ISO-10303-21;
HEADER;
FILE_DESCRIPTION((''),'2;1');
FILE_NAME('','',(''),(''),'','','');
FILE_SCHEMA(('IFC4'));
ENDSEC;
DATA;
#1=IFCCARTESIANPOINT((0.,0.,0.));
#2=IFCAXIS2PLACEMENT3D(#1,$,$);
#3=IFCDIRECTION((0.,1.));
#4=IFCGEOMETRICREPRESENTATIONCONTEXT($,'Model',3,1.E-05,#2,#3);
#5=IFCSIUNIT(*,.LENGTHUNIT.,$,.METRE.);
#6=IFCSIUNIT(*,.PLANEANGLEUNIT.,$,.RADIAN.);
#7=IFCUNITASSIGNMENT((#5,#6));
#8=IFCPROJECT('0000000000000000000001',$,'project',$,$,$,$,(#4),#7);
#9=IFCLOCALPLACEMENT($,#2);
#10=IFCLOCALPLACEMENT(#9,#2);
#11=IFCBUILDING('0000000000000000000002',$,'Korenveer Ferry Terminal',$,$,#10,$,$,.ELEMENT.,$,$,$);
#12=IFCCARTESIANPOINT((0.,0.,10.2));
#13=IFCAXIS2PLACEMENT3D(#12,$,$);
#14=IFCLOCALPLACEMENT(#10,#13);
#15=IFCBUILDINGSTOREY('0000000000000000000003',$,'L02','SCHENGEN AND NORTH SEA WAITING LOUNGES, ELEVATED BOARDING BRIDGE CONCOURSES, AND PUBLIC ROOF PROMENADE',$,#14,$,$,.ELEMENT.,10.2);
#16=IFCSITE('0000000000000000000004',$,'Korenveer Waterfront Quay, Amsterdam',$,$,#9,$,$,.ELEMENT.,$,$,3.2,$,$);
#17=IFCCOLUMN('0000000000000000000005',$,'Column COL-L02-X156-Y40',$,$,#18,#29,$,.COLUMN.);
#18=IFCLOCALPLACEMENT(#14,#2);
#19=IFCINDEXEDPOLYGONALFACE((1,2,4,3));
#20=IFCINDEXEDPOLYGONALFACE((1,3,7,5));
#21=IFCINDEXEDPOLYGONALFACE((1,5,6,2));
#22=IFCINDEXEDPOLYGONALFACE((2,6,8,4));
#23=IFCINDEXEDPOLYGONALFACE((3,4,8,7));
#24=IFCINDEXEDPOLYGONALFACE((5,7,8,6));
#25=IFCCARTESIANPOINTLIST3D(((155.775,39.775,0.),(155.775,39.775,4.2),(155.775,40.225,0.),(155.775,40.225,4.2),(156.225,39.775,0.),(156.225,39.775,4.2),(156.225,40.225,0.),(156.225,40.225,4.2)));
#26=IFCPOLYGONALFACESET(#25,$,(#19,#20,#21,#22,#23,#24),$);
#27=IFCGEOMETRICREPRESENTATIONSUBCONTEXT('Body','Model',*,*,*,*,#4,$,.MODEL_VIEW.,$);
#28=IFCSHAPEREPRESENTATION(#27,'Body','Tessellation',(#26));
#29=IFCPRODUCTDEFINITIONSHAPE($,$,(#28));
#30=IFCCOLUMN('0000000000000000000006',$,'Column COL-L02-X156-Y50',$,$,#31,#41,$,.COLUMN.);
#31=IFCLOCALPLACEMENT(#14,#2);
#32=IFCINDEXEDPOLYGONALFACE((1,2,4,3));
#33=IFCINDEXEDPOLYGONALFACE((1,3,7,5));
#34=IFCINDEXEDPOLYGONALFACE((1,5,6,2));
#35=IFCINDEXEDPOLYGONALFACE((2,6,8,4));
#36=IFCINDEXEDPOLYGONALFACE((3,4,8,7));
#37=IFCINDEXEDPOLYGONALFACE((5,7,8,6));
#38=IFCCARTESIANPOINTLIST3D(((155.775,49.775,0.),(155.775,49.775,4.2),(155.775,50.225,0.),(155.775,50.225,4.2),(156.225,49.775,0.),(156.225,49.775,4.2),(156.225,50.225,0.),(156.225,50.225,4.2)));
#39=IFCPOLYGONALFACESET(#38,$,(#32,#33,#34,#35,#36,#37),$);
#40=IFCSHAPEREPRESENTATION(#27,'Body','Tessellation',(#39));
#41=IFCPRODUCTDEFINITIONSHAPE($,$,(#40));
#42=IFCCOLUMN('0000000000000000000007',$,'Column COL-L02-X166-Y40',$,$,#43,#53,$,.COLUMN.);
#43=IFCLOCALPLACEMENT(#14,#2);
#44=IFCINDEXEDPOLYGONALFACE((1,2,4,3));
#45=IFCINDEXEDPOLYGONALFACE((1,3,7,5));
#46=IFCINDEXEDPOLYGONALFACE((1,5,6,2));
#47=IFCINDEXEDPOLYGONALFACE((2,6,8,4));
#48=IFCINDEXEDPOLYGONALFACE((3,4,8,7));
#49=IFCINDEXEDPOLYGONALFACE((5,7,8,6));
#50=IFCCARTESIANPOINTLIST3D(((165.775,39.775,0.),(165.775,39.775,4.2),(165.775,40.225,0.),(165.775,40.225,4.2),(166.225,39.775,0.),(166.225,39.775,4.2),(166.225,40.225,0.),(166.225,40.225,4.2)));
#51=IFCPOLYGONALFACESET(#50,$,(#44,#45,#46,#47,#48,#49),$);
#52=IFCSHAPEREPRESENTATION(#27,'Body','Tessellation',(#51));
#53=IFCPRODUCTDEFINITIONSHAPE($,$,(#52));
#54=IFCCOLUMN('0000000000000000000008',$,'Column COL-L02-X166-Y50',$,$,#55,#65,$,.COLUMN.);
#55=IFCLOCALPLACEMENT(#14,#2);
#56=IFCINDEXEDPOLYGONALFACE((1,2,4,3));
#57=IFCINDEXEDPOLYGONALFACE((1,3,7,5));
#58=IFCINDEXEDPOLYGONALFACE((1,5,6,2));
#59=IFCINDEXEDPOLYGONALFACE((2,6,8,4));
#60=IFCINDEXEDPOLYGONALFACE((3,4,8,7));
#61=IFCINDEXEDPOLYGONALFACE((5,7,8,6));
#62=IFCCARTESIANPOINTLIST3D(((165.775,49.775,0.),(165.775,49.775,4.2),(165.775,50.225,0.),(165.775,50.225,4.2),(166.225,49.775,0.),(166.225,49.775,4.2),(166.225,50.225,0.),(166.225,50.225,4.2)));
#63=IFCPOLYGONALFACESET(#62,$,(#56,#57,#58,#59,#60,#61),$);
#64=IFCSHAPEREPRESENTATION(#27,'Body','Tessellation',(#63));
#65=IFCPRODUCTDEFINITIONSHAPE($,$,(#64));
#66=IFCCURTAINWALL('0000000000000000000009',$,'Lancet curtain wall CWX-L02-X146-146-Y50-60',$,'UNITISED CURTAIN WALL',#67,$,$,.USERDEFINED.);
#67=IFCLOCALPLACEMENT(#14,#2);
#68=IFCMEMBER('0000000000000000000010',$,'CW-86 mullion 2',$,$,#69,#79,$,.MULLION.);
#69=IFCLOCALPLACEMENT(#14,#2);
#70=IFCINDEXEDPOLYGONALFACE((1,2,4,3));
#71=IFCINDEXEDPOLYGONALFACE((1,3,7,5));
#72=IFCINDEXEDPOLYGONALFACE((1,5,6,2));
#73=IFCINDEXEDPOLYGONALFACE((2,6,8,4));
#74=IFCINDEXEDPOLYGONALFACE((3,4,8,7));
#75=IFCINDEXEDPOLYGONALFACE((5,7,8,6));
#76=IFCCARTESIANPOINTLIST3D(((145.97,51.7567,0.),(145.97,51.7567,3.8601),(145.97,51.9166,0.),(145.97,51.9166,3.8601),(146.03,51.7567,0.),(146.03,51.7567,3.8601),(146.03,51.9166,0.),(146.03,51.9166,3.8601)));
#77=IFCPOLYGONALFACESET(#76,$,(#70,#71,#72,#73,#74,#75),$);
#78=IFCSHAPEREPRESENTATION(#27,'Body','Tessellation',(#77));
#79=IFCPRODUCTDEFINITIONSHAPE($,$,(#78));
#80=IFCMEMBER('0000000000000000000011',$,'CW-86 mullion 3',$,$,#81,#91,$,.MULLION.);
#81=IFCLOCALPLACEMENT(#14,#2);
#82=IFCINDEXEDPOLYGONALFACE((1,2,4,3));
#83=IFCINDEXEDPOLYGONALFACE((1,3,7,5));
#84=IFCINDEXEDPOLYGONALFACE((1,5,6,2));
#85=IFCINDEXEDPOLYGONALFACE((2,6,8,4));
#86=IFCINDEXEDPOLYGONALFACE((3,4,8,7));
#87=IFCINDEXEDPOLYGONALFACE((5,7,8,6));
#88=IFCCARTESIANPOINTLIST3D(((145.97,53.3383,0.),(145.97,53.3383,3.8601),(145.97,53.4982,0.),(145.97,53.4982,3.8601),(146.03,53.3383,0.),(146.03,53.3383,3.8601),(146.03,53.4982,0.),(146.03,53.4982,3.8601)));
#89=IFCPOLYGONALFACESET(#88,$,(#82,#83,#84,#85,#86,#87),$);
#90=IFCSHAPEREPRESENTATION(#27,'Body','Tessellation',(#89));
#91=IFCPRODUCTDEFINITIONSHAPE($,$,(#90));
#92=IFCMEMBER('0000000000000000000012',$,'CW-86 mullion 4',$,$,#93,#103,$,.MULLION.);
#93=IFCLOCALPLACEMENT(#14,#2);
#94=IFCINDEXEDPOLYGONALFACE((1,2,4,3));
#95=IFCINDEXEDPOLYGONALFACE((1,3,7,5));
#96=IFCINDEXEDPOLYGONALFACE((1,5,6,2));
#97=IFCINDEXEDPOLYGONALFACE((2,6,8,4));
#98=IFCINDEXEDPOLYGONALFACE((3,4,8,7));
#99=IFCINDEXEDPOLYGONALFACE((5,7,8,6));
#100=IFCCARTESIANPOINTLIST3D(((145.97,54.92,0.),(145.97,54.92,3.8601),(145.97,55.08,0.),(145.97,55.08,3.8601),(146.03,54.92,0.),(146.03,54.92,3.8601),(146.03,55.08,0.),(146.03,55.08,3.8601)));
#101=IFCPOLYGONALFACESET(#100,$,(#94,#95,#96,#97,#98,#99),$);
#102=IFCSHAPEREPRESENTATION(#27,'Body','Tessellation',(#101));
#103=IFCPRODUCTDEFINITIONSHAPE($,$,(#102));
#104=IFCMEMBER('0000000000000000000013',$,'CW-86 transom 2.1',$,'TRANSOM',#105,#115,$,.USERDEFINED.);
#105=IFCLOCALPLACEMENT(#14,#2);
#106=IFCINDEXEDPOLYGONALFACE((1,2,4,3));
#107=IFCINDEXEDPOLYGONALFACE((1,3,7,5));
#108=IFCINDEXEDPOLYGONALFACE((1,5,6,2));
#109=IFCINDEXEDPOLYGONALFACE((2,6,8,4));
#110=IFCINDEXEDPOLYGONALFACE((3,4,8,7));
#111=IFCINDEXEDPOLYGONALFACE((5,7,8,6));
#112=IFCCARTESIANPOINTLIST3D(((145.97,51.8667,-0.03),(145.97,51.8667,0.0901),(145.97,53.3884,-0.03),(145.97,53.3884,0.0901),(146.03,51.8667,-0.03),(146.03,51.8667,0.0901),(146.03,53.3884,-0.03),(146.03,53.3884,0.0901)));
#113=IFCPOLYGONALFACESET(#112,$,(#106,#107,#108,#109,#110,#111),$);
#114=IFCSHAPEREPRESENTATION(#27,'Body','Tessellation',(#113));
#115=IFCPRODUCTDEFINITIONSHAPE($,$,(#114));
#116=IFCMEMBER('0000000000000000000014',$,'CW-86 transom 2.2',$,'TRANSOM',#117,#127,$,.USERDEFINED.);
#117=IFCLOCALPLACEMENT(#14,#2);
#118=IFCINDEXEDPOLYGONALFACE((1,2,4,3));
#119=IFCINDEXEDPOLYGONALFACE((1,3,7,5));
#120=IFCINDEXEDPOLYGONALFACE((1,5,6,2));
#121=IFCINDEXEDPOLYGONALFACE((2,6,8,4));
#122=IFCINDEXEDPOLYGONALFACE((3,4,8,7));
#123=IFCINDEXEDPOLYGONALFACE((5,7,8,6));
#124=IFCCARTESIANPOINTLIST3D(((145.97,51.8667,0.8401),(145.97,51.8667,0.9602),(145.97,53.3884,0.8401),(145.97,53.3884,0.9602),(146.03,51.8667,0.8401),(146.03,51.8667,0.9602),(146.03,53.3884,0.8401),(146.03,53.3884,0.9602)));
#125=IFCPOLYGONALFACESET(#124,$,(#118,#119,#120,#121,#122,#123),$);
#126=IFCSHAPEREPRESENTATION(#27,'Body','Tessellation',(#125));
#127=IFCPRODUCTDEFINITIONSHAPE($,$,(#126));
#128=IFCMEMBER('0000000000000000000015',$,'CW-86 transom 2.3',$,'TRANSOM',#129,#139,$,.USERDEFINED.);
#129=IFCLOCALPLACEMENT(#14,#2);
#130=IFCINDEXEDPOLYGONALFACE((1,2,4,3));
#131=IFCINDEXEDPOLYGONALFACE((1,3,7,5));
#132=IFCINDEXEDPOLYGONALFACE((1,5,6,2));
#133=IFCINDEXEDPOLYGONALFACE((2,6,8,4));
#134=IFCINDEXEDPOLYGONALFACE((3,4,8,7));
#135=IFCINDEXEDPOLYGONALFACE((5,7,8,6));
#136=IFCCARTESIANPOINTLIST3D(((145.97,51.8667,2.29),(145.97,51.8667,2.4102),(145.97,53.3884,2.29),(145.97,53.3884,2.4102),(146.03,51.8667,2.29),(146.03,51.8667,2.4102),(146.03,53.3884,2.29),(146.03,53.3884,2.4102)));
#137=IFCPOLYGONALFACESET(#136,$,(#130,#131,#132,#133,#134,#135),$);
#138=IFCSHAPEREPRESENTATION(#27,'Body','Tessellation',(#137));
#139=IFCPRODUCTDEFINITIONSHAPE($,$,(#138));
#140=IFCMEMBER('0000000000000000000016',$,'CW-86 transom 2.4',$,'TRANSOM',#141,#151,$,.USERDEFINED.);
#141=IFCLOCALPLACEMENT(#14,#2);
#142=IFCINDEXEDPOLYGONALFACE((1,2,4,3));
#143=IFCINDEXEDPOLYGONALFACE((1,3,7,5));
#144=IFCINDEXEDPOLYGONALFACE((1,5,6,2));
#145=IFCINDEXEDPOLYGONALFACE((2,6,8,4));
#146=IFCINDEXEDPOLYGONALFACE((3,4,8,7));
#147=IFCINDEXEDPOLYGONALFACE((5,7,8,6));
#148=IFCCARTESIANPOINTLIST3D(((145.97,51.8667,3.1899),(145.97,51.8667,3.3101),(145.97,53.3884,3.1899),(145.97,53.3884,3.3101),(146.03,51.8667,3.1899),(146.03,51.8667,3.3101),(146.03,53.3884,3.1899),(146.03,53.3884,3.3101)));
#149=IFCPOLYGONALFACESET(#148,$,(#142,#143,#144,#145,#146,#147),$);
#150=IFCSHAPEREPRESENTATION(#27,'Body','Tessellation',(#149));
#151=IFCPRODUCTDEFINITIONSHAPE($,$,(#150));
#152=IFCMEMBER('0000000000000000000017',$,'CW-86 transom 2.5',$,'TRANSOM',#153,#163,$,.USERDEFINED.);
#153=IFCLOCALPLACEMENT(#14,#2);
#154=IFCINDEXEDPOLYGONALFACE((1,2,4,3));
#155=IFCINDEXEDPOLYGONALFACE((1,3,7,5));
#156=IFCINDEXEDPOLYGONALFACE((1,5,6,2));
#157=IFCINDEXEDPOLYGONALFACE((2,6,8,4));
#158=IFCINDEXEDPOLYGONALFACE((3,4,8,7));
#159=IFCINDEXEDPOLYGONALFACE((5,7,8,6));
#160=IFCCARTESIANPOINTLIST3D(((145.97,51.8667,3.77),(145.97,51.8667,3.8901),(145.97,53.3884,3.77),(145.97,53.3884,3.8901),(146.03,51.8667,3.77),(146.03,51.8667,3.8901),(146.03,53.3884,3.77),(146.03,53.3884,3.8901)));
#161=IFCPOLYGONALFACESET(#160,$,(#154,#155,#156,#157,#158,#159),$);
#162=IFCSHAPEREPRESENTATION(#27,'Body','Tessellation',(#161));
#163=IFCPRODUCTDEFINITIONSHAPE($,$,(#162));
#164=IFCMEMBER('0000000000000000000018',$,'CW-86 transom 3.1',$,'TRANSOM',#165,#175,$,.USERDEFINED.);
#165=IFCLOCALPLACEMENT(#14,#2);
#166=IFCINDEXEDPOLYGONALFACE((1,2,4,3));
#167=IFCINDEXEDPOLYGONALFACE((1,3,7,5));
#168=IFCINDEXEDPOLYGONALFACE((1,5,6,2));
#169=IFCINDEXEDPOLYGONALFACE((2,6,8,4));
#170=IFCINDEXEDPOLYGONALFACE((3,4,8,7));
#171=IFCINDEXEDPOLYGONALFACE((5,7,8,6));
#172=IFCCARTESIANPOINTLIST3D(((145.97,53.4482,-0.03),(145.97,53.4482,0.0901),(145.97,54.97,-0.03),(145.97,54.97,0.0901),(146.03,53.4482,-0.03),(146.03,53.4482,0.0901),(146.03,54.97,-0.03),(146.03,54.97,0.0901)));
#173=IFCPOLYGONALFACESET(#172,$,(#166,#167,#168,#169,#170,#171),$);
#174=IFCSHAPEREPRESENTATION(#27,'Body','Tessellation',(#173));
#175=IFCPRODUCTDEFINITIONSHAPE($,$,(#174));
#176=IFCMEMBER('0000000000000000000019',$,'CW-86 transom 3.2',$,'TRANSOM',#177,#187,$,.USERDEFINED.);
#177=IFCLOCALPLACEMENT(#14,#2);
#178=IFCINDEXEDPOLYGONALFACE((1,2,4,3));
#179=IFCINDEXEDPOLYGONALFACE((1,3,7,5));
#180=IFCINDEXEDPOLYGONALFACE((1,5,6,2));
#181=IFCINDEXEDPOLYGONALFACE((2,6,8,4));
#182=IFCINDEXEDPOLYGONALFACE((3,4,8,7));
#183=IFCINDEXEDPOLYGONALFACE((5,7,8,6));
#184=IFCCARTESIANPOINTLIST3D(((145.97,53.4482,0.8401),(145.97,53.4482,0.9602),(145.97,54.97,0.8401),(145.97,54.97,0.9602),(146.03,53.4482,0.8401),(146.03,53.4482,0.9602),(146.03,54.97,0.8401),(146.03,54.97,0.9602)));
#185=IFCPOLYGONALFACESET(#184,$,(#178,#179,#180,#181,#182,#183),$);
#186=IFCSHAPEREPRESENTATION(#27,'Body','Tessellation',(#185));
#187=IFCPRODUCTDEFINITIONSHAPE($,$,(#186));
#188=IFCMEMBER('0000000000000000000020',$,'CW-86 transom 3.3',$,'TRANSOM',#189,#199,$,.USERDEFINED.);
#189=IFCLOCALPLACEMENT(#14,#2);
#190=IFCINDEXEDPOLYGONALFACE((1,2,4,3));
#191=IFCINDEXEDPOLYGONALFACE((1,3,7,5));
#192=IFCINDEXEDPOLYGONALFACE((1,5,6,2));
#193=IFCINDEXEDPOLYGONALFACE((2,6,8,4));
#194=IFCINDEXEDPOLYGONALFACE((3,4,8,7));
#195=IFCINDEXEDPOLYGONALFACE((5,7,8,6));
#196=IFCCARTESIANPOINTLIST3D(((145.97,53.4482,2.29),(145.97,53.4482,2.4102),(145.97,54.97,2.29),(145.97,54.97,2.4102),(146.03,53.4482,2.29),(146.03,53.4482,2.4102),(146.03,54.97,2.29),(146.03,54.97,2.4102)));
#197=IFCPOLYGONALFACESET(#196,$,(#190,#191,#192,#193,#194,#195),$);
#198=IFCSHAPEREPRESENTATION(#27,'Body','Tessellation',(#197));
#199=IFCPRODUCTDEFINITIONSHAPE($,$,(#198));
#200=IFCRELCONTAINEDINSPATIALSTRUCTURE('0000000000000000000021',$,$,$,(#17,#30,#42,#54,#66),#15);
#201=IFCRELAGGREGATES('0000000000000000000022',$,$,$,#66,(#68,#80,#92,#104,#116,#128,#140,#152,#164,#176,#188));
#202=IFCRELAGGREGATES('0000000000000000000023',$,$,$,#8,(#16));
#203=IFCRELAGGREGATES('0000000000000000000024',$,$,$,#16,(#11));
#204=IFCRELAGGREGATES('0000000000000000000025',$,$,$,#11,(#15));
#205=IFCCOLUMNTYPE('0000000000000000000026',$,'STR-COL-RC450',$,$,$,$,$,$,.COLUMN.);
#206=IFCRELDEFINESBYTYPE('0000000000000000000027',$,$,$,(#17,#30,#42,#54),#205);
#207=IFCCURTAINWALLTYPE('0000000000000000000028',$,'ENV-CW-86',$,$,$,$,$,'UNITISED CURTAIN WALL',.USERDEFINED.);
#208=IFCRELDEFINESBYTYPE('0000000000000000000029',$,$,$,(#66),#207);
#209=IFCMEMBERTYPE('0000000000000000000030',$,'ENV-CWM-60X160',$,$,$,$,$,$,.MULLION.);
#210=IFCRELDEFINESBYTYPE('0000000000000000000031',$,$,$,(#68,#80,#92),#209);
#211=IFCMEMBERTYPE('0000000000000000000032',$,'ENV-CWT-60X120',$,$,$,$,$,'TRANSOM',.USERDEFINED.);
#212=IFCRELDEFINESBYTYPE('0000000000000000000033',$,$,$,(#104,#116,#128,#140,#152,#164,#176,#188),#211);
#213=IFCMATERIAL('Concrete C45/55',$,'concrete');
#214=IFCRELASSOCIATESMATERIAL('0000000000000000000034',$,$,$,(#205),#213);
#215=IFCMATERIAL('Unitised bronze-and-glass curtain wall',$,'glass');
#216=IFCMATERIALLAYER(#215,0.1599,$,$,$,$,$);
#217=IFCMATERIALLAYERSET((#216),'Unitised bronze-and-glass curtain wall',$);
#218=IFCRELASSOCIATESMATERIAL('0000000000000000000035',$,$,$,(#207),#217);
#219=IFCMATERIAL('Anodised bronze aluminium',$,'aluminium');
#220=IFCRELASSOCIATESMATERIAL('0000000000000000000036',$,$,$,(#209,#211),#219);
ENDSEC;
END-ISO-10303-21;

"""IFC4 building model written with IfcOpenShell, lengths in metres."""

from ifc_helpers import new_model, si_unit, direction, frame, origin, origin_2d, place, context, subcontext, project, spatial, rectangle, extrude, material, layer, layer_set, material_profile, profile_set, type_object, element, aggregate, save


model = new_model("IFC4")

# Units and contexts
model_context = context("Model", 3, precision=1e-05, world=origin(), true_north=direction((0.0, 1.0)))
body_context = subcontext(model_context, "Body", "Model", "MODEL_VIEW")
ifc_project = project(units=[si_unit("LENGTHUNIT", "METRE"), si_unit("PLANEANGLEUNIT", "RADIAN")], contexts=[model_context])

# Site, building, storey
site_placement = place(None, origin())
site = spatial("IfcSite", under=ifc_project, at=site_placement, Name="Korenveer Waterfront Quay, Amsterdam", CompositionType="ELEMENT", RefElevation=3.2)
building_placement = place(site_placement, origin())
building = spatial("IfcBuilding", under=site, at=building_placement, Name="Korenveer Ferry Terminal", CompositionType="ELEMENT")
storey_placement = place(building_placement, frame((0.0, 0.0, 10.2)))
storey = spatial("IfcBuildingStorey", under=building, at=storey_placement, Name="L02", Description="SCHENGEN AND NORTH SEA WAITING LOUNGES, ELEVATED BOARDING BRIDGE CONCOURSES, AND PUBLIC ROOF PROMENADE", CompositionType="ELEMENT", Elevation=10.2)

# Columns
ifc_material_1 = material(Name="Concrete C45/55", Category="concrete")
ifc_material_profile_1 = material_profile(ifc_material_1, rectangle(XDim=0.45, YDim=0.45, at=origin_2d()), Name="RC 450x450")
ifc_profile_set_1 = profile_set([ifc_material_profile_1], Name="Concrete C45/55")
column_type = type_object("IfcColumnType", Name="STR-COL-RC450", PredefinedType="COLUMN", material=ifc_profile_set_1)
for number, where, z_axis, x_axis, name in (
    (1, (156.0, 40.0, 0.0), (0.0, 0.0, 1.0), (1.0, 0.0, 0.0), "Column COL-L02-X156-Y40"),
    (2, (156.0, 50.0, 0.0), (0.0, 0.0, 1.0), (1.0, 0.0, 0.0), "Column COL-L02-X156-Y50"),
    (3, (166.0, 40.0, 0.0), (0.0, 0.0, 1.0), (1.0, 0.0, 0.0), "Column COL-L02-X166-Y40"),
    (4, (166.0, 50.0, 0.0), (0.0, 0.0, 1.0), (1.0, 0.0, 0.0), "Column COL-L02-X166-Y50"),
):
    element("IfcColumn", number, at=place(storey_placement, frame(where, z_axis=z_axis, x_axis=x_axis)), inside=storey, type_object=column_type, Name=name, PredefinedType="COLUMN", context=body_context, shape_type="SweptSolid", body=[
        extrude(rectangle(XDim=0.45, YDim=0.45, at=origin_2d()), origin(), (0.0, 0.0, 1.0), 4.2),
    ])

# Curtain wall, members
ifc_material_2 = material(Name="Unitised bronze-and-glass curtain wall", Category="glass")
ifc_layer_1 = layer(ifc_material_2, 0.1599)
ifc_layer_set_1 = layer_set([ifc_layer_1], Name="Unitised bronze-and-glass curtain wall")
curtain_wall_type = type_object("IfcCurtainWallType", Name="ENV-CW-86", ElementType="UNITISED CURTAIN WALL", PredefinedType="USERDEFINED", material=ifc_layer_set_1)
curtain_wall_placement = place(storey_placement, frame((146.0, 50.2549, 0.0)))
curtain_wall = element("IfcCurtainWall", 5, at=curtain_wall_placement, inside=storey, type_object=curtain_wall_type, Name="Lancet curtain wall CWX-L02-X146-146-Y50-60", ObjectType="UNITISED CURTAIN WALL", PredefinedType="USERDEFINED")
ifc_material_3 = material(Name="Anodised bronze aluminium", Category="aluminium")
ifc_material_profile_2 = material_profile(ifc_material_3, rectangle(XDim=0.0601, YDim=0.1599, at=origin_2d()), Name="ALU 60x160")
ifc_profile_set_2 = profile_set([ifc_material_profile_2], Name="Anodised bronze aluminium")
member_type_1 = type_object("IfcMemberType", Name="ENV-CWM-60X160", PredefinedType="MULLION", material=ifc_profile_set_2)
member_1_placement = place(storey_placement, frame((146.0, 51.8367, 0.0), z_axis=(0.0, 0.0, 1.0), x_axis=(-1.0, 0.0, 0.0)))
member_1 = element("IfcMember", 6, at=member_1_placement, type_object=member_type_1, Name="CW-86 mullion 2", PredefinedType="MULLION", context=body_context, shape_type="SweptSolid", body=[
    extrude(rectangle(XDim=0.0601, YDim=0.1599, at=origin_2d()), origin(), (0.0, 0.0, 1.0), 3.8601),
])
member_2_placement = place(storey_placement, frame((146.0, 53.4182, 0.0), z_axis=(0.0, 0.0, 1.0), x_axis=(-1.0, 0.0, 0.0)))
member_2 = element("IfcMember", 7, at=member_2_placement, type_object=member_type_1, Name="CW-86 mullion 3", PredefinedType="MULLION", context=body_context, shape_type="SweptSolid", body=[
    extrude(rectangle(XDim=0.0601, YDim=0.1599, at=origin_2d()), origin(), (0.0, 0.0, 1.0), 3.8601),
])
member_3_placement = place(storey_placement, frame((146.0, 55.0, 0.0), z_axis=(0.0, 0.0, 1.0), x_axis=(-1.0, 0.0, 0.0)))
member_3 = element("IfcMember", 8, at=member_3_placement, type_object=member_type_1, Name="CW-86 mullion 4", PredefinedType="MULLION", context=body_context, shape_type="SweptSolid", body=[
    extrude(rectangle(XDim=0.0601, YDim=0.1599, at=origin_2d()), origin(), (0.0, 0.0, 1.0), 3.8601),
])
ifc_material_profile_3 = material_profile(ifc_material_3, rectangle(XDim=0.0601, YDim=0.1201, at=origin_2d()), Name="ALU 60x120")
ifc_profile_set_3 = profile_set([ifc_material_profile_3], Name="Anodised bronze aluminium")
member_type_2 = type_object("IfcMemberType", Name="ENV-CWT-60X120", ElementType="TRANSOM", PredefinedType="USERDEFINED", material=ifc_profile_set_3)
member_4_placement = place(storey_placement, frame((146.0, 51.8667, 0.03), z_axis=(0.0, 1.0, 0.0), x_axis=(-1.0, 0.0, 0.0)))
member_4 = element("IfcMember", 9, at=member_4_placement, type_object=member_type_2, Name="CW-86 transom 2.1", ObjectType="TRANSOM", PredefinedType="USERDEFINED", context=body_context, shape_type="SweptSolid", body=[
    extrude(rectangle(XDim=0.0601, YDim=0.1201, at=origin_2d()), origin(), (0.0, 0.0, 1.0), 1.5217),
])
member_5_placement = place(storey_placement, frame((146.0, 51.8667, 0.9001), z_axis=(0.0, 1.0, 0.0), x_axis=(-1.0, 0.0, 0.0)))
member_5 = element("IfcMember", 10, at=member_5_placement, type_object=member_type_2, Name="CW-86 transom 2.2", ObjectType="TRANSOM", PredefinedType="USERDEFINED", context=body_context, shape_type="SweptSolid", body=[
    extrude(rectangle(XDim=0.0601, YDim=0.1201, at=origin_2d()), origin(), (0.0, 0.0, 1.0), 1.5217),
])
member_6_placement = place(storey_placement, frame((146.0, 51.8667, 2.3501), z_axis=(0.0, 1.0, 0.0), x_axis=(-1.0, 0.0, 0.0)))
member_6 = element("IfcMember", 11, at=member_6_placement, type_object=member_type_2, Name="CW-86 transom 2.3", ObjectType="TRANSOM", PredefinedType="USERDEFINED", context=body_context, shape_type="SweptSolid", body=[
    extrude(rectangle(XDim=0.0601, YDim=0.1201, at=origin_2d()), origin(), (0.0, 0.0, 1.0), 1.5217),
])
member_7_placement = place(storey_placement, frame((146.0, 51.8667, 3.25), z_axis=(0.0, 1.0, 0.0), x_axis=(-1.0, 0.0, 0.0)))
member_7 = element("IfcMember", 12, at=member_7_placement, type_object=member_type_2, Name="CW-86 transom 2.4", ObjectType="TRANSOM", PredefinedType="USERDEFINED", context=body_context, shape_type="SweptSolid", body=[
    extrude(rectangle(XDim=0.0601, YDim=0.1201, at=origin_2d()), origin(), (0.0, 0.0, 1.0), 1.5217),
])
member_8_placement = place(storey_placement, frame((146.0, 51.8667, 3.8301), z_axis=(0.0, 1.0, 0.0), x_axis=(-1.0, 0.0, 0.0)))
member_8 = element("IfcMember", 13, at=member_8_placement, type_object=member_type_2, Name="CW-86 transom 2.5", ObjectType="TRANSOM", PredefinedType="USERDEFINED", context=body_context, shape_type="SweptSolid", body=[
    extrude(rectangle(XDim=0.0601, YDim=0.1201, at=origin_2d()), origin(), (0.0, 0.0, 1.0), 1.5217),
])
member_9_placement = place(storey_placement, frame((146.0, 53.4482, 0.03), z_axis=(0.0, 1.0, 0.0), x_axis=(-1.0, 0.0, 0.0)))
member_9 = element("IfcMember", 14, at=member_9_placement, type_object=member_type_2, Name="CW-86 transom 3.1", ObjectType="TRANSOM", PredefinedType="USERDEFINED", context=body_context, shape_type="SweptSolid", body=[
    extrude(rectangle(XDim=0.0601, YDim=0.1201, at=origin_2d()), origin(), (0.0, 0.0, 1.0), 1.5217),
])
member_10_placement = place(storey_placement, frame((146.0, 53.4482, 0.9001), z_axis=(0.0, 1.0, 0.0), x_axis=(-1.0, 0.0, 0.0)))
member_10 = element("IfcMember", 15, at=member_10_placement, type_object=member_type_2, Name="CW-86 transom 3.2", ObjectType="TRANSOM", PredefinedType="USERDEFINED", context=body_context, shape_type="SweptSolid", body=[
    extrude(rectangle(XDim=0.0601, YDim=0.1201, at=origin_2d()), origin(), (0.0, 0.0, 1.0), 1.5217),
])
member_11_placement = place(storey_placement, frame((146.0, 53.4482, 2.3501), z_axis=(0.0, 1.0, 0.0), x_axis=(-1.0, 0.0, 0.0)))
member_11 = element("IfcMember", 16, at=member_11_placement, type_object=member_type_2, Name="CW-86 transom 3.3", ObjectType="TRANSOM", PredefinedType="USERDEFINED", context=body_context, shape_type="SweptSolid", body=[
    extrude(rectangle(XDim=0.0601, YDim=0.1201, at=origin_2d()), origin(), (0.0, 0.0, 1.0), 1.5217),
])
aggregate(curtain_wall, [member_1, member_2, member_3, member_4, member_5, member_6, member_7, member_8, member_9, member_10, member_11])

save(model, "model.ifc")
